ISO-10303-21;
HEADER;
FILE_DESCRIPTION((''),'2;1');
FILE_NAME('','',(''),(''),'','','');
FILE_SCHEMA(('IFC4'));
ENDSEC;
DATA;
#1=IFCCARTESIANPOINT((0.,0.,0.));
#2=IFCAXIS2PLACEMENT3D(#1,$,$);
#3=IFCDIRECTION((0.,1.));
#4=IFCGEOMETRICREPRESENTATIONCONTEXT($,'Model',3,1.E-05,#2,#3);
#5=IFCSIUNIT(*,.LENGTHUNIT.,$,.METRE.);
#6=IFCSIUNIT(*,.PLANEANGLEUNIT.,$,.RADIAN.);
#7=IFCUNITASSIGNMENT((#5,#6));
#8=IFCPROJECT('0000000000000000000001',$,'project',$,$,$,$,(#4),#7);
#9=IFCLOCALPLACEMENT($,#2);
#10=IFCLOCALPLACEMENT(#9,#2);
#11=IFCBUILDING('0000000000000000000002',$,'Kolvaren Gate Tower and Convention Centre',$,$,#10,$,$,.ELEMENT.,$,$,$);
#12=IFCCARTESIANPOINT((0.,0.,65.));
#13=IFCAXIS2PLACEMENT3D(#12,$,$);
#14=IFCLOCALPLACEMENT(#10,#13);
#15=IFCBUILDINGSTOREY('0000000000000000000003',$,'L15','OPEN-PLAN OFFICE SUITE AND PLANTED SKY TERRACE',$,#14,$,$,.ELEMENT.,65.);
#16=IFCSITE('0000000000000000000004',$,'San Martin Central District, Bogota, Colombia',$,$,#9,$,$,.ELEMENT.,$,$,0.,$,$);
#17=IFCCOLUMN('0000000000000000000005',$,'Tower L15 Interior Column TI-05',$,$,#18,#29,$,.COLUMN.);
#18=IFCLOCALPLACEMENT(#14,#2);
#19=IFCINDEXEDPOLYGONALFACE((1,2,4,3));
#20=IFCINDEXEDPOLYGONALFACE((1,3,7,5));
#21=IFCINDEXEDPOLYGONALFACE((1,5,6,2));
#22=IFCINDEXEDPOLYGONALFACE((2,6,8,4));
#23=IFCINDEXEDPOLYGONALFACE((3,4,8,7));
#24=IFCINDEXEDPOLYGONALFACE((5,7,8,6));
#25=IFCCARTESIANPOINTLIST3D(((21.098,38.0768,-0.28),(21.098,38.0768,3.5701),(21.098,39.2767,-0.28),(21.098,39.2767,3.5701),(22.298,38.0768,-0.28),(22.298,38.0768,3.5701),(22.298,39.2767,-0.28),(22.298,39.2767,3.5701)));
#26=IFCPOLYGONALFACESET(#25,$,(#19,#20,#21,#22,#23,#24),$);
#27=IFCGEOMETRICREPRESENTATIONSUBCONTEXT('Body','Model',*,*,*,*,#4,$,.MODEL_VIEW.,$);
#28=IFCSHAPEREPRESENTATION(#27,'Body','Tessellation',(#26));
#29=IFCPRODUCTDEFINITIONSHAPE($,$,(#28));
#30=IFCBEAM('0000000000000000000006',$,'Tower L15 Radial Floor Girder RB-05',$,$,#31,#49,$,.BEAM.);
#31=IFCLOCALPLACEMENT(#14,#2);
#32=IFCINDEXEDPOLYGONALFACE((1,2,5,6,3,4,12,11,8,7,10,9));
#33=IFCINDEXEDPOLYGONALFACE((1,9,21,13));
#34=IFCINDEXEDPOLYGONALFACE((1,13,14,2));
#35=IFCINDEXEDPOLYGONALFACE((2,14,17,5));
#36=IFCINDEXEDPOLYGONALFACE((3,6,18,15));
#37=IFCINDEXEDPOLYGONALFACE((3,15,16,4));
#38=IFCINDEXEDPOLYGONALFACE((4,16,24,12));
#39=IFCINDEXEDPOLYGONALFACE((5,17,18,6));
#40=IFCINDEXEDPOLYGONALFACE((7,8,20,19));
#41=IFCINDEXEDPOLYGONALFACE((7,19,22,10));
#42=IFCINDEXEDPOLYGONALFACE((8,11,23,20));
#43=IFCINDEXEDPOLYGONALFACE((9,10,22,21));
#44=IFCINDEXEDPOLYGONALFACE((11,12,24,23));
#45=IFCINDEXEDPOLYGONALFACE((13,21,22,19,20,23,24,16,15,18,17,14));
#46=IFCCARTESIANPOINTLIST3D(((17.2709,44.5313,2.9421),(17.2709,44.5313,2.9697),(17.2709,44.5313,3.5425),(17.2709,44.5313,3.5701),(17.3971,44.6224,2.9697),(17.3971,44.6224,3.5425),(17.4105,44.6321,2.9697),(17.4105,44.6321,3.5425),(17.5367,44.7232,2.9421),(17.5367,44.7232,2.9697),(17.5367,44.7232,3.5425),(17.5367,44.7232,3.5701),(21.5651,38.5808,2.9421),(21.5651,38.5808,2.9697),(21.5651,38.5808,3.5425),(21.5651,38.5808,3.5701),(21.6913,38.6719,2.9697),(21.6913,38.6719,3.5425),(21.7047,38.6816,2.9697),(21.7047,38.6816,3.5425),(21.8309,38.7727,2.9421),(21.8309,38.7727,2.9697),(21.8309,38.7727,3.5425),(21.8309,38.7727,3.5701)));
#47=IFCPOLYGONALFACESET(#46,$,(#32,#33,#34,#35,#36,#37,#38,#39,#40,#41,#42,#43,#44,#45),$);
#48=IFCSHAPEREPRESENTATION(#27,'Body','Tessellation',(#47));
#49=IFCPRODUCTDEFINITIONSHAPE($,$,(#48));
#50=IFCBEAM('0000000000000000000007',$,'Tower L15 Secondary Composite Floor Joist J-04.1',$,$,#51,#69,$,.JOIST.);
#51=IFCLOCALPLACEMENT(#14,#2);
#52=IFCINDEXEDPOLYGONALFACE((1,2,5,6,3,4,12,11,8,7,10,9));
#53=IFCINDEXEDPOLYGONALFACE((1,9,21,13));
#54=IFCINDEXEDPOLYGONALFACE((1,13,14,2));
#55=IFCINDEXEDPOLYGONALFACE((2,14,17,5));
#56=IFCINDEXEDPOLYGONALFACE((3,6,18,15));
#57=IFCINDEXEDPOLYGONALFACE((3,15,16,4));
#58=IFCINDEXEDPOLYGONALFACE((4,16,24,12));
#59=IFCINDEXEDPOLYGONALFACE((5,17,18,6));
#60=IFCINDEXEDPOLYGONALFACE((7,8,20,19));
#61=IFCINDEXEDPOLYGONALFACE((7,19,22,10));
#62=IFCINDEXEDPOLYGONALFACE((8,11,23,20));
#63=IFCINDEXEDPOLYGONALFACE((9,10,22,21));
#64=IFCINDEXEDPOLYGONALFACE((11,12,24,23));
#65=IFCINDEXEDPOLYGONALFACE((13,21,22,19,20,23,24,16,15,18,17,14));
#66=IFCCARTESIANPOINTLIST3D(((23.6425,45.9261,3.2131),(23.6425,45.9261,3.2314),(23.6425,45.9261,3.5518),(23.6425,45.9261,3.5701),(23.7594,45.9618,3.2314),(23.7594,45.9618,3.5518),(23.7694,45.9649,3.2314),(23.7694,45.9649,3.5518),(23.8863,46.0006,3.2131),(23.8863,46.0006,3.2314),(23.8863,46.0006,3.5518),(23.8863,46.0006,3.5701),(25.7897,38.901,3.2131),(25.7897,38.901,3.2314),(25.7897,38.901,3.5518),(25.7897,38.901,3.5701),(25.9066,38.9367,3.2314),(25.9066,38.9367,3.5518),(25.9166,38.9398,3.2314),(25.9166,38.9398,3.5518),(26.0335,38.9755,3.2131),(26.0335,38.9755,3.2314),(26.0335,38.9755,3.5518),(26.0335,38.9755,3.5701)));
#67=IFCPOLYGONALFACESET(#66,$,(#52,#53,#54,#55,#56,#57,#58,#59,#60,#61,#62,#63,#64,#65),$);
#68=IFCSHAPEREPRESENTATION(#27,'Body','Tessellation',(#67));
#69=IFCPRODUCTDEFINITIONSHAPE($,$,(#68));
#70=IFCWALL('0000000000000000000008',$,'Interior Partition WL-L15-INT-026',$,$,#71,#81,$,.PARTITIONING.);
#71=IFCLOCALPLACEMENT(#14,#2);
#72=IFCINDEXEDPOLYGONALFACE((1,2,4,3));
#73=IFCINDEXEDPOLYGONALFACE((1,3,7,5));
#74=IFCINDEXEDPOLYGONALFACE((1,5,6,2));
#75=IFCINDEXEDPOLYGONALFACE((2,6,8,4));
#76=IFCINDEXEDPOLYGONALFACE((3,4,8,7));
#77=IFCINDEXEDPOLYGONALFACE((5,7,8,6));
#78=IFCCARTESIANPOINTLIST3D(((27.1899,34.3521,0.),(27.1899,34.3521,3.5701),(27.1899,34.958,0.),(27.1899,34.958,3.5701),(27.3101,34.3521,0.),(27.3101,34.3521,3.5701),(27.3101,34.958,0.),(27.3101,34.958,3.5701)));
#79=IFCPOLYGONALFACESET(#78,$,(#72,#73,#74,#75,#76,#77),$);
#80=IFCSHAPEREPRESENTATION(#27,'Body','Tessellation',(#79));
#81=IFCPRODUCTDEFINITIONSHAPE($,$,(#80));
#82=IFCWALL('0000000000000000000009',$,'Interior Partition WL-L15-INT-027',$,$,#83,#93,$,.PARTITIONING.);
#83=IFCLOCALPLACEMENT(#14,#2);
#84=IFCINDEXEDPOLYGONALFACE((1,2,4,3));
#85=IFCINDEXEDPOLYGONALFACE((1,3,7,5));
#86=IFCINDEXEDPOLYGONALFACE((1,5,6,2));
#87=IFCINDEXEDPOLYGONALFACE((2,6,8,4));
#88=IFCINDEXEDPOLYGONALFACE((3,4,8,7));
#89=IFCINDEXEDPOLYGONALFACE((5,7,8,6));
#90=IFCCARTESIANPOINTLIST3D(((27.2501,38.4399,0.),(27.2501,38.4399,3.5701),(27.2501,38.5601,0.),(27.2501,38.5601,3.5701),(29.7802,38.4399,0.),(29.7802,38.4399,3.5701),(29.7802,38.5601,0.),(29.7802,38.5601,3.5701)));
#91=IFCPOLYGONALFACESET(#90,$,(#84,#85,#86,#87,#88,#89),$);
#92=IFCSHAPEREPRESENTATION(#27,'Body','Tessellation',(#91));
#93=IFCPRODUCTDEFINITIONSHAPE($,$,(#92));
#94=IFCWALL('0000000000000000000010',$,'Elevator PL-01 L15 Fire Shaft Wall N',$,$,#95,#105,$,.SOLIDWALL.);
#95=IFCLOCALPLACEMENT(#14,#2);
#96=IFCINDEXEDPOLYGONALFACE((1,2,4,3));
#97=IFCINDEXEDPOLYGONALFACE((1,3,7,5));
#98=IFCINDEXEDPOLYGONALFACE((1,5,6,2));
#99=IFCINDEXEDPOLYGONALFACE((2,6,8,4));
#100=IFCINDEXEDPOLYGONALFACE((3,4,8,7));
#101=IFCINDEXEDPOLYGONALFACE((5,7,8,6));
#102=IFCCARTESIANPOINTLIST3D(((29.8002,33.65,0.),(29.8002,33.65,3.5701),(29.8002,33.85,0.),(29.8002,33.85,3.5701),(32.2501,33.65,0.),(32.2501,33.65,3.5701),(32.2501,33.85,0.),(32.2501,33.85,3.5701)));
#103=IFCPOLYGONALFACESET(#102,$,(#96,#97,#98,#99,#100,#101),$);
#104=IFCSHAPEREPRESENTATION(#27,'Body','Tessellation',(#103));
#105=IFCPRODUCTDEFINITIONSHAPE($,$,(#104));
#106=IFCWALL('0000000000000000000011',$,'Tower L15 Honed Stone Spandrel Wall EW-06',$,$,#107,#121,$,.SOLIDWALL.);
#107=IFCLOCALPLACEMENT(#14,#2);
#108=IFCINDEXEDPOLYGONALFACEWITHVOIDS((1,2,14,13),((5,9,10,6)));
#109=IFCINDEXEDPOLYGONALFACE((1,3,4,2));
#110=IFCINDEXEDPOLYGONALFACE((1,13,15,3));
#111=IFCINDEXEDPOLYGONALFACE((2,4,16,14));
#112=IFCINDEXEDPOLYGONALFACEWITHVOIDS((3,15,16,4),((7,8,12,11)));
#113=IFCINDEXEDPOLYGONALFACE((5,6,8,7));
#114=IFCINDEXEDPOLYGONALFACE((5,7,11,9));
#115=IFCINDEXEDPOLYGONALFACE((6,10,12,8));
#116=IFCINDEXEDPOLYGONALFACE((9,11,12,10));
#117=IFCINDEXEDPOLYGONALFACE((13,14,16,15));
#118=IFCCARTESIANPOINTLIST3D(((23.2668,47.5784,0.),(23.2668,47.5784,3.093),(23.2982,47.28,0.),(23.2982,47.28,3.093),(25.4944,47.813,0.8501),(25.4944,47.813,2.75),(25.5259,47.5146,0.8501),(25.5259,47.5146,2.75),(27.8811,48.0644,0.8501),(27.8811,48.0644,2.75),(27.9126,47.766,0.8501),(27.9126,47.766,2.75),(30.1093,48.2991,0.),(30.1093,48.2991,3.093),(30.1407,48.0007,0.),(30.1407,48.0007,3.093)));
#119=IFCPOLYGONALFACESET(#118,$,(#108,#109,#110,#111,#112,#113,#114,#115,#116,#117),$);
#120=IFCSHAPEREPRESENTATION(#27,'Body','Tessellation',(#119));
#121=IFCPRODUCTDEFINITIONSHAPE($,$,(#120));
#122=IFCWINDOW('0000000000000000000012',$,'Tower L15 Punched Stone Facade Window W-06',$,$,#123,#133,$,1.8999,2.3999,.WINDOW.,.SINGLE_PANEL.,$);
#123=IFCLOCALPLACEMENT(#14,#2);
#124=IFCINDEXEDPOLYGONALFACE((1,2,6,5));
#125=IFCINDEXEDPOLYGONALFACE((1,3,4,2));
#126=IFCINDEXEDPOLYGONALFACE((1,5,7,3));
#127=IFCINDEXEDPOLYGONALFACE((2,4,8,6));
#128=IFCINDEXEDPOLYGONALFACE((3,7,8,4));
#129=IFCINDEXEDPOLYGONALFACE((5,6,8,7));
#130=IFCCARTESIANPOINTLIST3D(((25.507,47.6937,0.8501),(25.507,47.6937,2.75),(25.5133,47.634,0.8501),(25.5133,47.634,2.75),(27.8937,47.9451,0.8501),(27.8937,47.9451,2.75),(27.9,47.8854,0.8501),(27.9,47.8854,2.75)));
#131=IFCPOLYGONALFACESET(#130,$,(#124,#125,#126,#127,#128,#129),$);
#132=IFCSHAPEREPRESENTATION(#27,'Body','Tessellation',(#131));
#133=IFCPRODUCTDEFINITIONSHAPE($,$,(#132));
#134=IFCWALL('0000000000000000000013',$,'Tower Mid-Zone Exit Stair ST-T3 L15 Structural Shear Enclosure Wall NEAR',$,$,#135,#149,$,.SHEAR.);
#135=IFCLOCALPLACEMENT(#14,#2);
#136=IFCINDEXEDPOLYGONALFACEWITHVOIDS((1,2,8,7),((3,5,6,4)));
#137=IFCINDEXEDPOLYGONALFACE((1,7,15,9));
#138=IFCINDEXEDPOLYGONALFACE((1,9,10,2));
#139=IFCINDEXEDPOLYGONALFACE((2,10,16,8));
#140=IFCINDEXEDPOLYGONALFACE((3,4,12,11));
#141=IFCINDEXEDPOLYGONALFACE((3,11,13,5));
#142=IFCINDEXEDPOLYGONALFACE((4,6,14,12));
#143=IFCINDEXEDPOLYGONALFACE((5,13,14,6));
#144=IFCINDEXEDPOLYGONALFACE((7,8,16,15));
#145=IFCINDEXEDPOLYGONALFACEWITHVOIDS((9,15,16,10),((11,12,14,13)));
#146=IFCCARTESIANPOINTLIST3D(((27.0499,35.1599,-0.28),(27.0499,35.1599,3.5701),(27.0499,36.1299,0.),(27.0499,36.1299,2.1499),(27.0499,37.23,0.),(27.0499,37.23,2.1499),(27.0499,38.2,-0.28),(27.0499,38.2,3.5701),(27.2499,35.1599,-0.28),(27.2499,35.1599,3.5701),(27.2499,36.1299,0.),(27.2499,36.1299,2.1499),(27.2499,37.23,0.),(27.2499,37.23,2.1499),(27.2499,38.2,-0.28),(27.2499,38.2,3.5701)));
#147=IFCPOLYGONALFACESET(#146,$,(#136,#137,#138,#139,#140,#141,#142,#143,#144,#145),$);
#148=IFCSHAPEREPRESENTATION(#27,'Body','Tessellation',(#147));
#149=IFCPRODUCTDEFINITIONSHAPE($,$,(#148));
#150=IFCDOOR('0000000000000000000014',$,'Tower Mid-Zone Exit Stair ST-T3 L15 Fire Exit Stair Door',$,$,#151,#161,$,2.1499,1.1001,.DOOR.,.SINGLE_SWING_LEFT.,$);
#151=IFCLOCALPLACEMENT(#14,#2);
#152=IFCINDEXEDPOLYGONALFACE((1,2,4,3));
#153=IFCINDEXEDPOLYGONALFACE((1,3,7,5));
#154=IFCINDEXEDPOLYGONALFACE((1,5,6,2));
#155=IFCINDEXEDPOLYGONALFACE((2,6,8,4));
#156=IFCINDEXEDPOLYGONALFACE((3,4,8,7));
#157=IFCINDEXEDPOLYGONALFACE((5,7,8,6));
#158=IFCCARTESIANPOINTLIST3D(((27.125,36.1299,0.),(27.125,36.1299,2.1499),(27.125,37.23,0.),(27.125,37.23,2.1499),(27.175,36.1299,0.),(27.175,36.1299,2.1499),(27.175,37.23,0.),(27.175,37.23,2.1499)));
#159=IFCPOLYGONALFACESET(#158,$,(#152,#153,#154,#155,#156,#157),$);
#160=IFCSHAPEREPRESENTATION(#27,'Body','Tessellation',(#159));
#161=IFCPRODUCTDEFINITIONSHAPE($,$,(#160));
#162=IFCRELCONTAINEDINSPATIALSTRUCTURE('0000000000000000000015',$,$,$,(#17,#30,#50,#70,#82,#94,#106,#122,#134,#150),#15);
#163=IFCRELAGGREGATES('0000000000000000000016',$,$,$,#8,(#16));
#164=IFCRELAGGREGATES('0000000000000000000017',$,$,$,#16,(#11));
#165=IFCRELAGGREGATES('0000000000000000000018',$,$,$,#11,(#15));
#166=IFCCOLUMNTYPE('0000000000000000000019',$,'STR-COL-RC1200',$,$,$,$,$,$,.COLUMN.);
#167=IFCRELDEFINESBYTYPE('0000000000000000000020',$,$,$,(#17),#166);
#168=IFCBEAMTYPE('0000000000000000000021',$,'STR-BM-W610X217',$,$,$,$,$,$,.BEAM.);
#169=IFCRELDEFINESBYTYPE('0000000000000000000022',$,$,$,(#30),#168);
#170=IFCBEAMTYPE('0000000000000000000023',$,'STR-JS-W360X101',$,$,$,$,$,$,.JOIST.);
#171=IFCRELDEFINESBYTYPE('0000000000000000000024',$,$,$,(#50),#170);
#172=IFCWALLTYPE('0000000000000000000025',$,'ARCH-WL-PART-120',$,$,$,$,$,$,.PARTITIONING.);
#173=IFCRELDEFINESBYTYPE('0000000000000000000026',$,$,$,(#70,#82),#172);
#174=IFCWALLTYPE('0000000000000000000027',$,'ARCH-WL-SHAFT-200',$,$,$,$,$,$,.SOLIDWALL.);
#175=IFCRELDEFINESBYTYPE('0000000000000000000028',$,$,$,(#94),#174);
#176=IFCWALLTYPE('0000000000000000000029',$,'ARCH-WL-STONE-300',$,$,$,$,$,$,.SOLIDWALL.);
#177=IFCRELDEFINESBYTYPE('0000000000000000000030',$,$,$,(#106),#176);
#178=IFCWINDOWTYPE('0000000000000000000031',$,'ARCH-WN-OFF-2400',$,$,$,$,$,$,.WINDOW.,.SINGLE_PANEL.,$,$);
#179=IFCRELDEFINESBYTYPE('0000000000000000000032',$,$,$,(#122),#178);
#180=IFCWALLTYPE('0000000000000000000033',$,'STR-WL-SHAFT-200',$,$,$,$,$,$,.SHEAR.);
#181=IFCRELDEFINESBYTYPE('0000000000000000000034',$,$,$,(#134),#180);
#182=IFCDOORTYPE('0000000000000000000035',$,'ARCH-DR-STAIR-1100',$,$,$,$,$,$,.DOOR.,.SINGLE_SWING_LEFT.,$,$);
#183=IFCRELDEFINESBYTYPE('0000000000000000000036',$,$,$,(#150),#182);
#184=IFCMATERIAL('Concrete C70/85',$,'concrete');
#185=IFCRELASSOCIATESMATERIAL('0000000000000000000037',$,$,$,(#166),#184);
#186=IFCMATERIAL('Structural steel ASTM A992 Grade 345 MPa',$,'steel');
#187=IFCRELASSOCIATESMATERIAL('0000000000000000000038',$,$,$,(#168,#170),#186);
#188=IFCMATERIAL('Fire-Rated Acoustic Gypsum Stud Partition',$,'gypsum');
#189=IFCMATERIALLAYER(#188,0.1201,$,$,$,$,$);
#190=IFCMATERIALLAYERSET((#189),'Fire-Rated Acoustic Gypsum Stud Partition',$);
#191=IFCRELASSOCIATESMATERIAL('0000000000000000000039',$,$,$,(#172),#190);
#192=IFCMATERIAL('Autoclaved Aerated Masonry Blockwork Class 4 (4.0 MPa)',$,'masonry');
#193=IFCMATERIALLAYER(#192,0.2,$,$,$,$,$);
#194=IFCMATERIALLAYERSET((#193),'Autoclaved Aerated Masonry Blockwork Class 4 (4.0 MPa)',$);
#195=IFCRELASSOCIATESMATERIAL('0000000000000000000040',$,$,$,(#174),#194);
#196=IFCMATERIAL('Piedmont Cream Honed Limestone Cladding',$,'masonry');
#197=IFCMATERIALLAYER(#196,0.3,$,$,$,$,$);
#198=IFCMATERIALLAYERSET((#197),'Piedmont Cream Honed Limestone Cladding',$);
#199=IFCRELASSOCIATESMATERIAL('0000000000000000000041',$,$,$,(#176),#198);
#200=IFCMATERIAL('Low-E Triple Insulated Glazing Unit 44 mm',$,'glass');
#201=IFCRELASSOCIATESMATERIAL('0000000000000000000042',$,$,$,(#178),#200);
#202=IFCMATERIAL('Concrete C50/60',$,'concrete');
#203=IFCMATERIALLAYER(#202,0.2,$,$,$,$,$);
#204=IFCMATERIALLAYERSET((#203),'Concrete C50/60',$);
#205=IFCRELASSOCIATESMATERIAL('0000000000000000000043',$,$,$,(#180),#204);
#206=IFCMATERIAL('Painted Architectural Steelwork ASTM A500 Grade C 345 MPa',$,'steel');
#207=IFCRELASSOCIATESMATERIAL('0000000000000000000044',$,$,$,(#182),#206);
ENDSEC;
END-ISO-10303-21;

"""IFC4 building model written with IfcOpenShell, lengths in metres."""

from ifc_helpers import new_model, si_unit, direction, frame, frame_2d, origin, origin_2d, place, context, subcontext, project, spatial, rectangle, i_section, extrude, material, layer, layer_set, material_profile, profile_set, type_object, element, fill, save


model = new_model("IFC4")

# Units and contexts
model_context = context("Model", 3, precision=1e-05, world=origin(), true_north=direction((0.0, 1.0)))
body_context = subcontext(model_context, "Body", "Model", "MODEL_VIEW")
ifc_project = project(units=[si_unit("LENGTHUNIT", "METRE"), si_unit("PLANEANGLEUNIT", "RADIAN")], contexts=[model_context])

# Site, building, storey
site_placement = place(None, origin())
site = spatial("IfcSite", under=ifc_project, at=site_placement, Name="San Martin Central District, Bogota, Colombia", CompositionType="ELEMENT", RefElevation=0.0)
building_placement = place(site_placement, origin())
building = spatial("IfcBuilding", under=site, at=building_placement, Name="Kolvaren Gate Tower and Convention Centre", CompositionType="ELEMENT")
storey_placement = place(building_placement, frame((0.0, 0.0, 65.0)))
storey = spatial("IfcBuildingStorey", under=building, at=storey_placement, Name="L15", Description="OPEN-PLAN OFFICE SUITE AND PLANTED SKY TERRACE", CompositionType="ELEMENT", Elevation=65.0)

# Column
ifc_material_1 = material(Name="Concrete C70/85", Category="concrete")
ifc_material_profile_1 = material_profile(ifc_material_1, rectangle(XDim=1.2, YDim=1.2, at=origin_2d()), Name="RC-COL-1200X1200")
ifc_profile_set_1 = profile_set([ifc_material_profile_1], Name="Concrete C70/85")
column_type = type_object("IfcColumnType", Name="STR-COL-RC1200", PredefinedType="COLUMN", material=ifc_profile_set_1)
column_placement = place(storey_placement, frame((21.698, 38.6768, -0.28), z_axis=(0.0, 0.0, 1.0), x_axis=(1.0, 0.0, 0.0)))
element("IfcColumn", 1, at=column_placement, inside=storey, type_object=column_type, Name="Tower L15 Interior Column TI-05", PredefinedType="COLUMN", context=body_context, shape_type="SweptSolid", body=[
    extrude(rectangle(XDim=1.2, YDim=1.2, at=origin_2d()), origin(), (0.0, 0.0, 1.0), 3.8501),
])

# Beams
ifc_material_2 = material(Name="Structural steel ASTM A992 Grade 345 MPa", Category="steel")
ifc_material_profile_2 = material_profile(ifc_material_2, i_section(OverallWidth=0.3279, OverallDepth=0.6279, WebThickness=0.0166, FlangeThickness=0.0276, at=origin_2d()), Name="W610X217")
ifc_profile_set_2 = profile_set([ifc_material_profile_2], Name="Structural steel ASTM A992 Grade 345 MPa")
beam_type_1 = type_object("IfcBeamType", Name="STR-BM-W610X217", PredefinedType="BEAM", material=ifc_profile_set_2)
beam_1_placement = place(storey_placement, frame((21.698, 38.6768, 3.2561), z_axis=(-0.58519, 0.810896, 0.0), x_axis=(-0.810896, -0.58519, 0.0)))
element("IfcBeam", 2, at=beam_1_placement, inside=storey, type_object=beam_type_1, Name="Tower L15 Radial Floor Girder RB-05", PredefinedType="BEAM", context=body_context, shape_type="SweptSolid", body=[
    extrude(i_section(OverallWidth=0.3279, OverallDepth=0.6279, WebThickness=0.0166, FlangeThickness=0.0276, at=origin_2d()), origin(), (0.0, 0.0, 1.0), 7.3381),
])
ifc_material_profile_3 = material_profile(ifc_material_2, i_section(OverallWidth=0.2549, OverallDepth=0.3569, WebThickness=0.0105, FlangeThickness=0.0183, at=origin_2d()), Name="W360X101")
ifc_profile_set_3 = profile_set([ifc_material_profile_3], Name="Structural steel ASTM A992 Grade 345 MPa")
beam_type_2 = type_object("IfcBeamType", Name="STR-JS-W360X101", PredefinedType="JOIST", material=ifc_profile_set_3)
beam_2_placement = place(storey_placement, frame((25.9116, 38.9382, 3.3916), z_axis=(-0.292299, 0.956327, 0.0), x_axis=(-0.956327, -0.292299, 0.0)))
element("IfcBeam", 3, at=beam_2_placement, inside=storey, type_object=beam_type_2, Name="Tower L15 Secondary Composite Floor Joist J-04.1", PredefinedType="JOIST", context=body_context, shape_type="SweptSolid", body=[
    extrude(i_section(OverallWidth=0.2549, OverallDepth=0.3569, WebThickness=0.0105, FlangeThickness=0.0183, at=origin_2d()), origin(), (0.0, 0.0, 1.0), 7.3459),
])

# Walls
ifc_material_3 = material(Name="Fire-Rated Acoustic Gypsum Stud Partition", Category="gypsum")
ifc_layer_1 = layer(ifc_material_3, 0.1201)
ifc_layer_set_1 = layer_set([ifc_layer_1], Name="Fire-Rated Acoustic Gypsum Stud Partition")
wall_type_1 = type_object("IfcWallType", Name="ARCH-WL-PART-120", PredefinedType="PARTITIONING", material=ifc_layer_set_1)
wall_1_placement = place(storey_placement, frame((27.25, 34.3521, 0.0), z_axis=(0.0, 0.0, 1.0), x_axis=(0.0, 1.0, 0.0)))
element("IfcWall", 4, at=wall_1_placement, inside=storey, type_object=wall_type_1, Name="Interior Partition WL-L15-INT-026", PredefinedType="PARTITIONING", context=body_context, shape_type="SweptSolid", body=[
    extrude(rectangle(XDim=0.606, YDim=0.1201, at=frame_2d((0.303, 0.0))), origin(), (0.0, 0.0, 1.0), 3.5701),
])
wall_2_placement = place(storey_placement, frame((27.25, 38.5, 0.0), z_axis=(0.0, 0.0, 1.0), x_axis=(1.0, 0.0, 0.0)))
element("IfcWall", 5, at=wall_2_placement, inside=storey, type_object=wall_type_1, Name="Interior Partition WL-L15-INT-027", PredefinedType="PARTITIONING", context=body_context, shape_type="SweptSolid", body=[
    extrude(rectangle(XDim=2.53, YDim=0.1201, at=frame_2d((1.2651, 0.0))), origin(), (0.0, 0.0, 1.0), 3.5701),
])
ifc_material_4 = material(Name="Autoclaved Aerated Masonry Blockwork Class 4 (4.0 MPa)", Category="masonry")
ifc_layer_2 = layer(ifc_material_4, 0.2)
ifc_layer_set_2 = layer_set([ifc_layer_2], Name="Autoclaved Aerated Masonry Blockwork Class 4 (4.0 MPa)")
wall_type_2 = type_object("IfcWallType", Name="ARCH-WL-SHAFT-200", PredefinedType="SOLIDWALL", material=ifc_layer_set_2)
wall_3_placement = place(storey_placement, frame((29.8, 33.75, 0.0), z_axis=(0.0, 0.0, 1.0), x_axis=(1.0, 0.0, 0.0)))
element("IfcWall", 6, at=wall_3_placement, inside=storey, type_object=wall_type_2, Name="Elevator PL-01 L15 Fire Shaft Wall N", PredefinedType="SOLIDWALL", context=body_context, shape_type="SweptSolid", body=[
    extrude(rectangle(XDim=2.45, YDim=0.2, at=frame_2d((1.2251, 0.0))), origin(), (0.0, 0.0, 1.0), 3.5701),
])

# Wall, opening, window
ifc_material_5 = material(Name="Piedmont Cream Honed Limestone Cladding", Category="masonry")
ifc_layer_3 = layer(ifc_material_5, 0.3)
ifc_layer_set_3 = layer_set([ifc_layer_3], Name="Piedmont Cream Honed Limestone Cladding")
wall_type_3 = type_object("IfcWallType", Name="ARCH-WL-STONE-300", PredefinedType="SOLIDWALL", material=ifc_layer_set_3)
wall_4_placement = place(storey_placement, frame((23.2825, 47.4292, 0.0), z_axis=(0.0, 0.0, 1.0), x_axis=(0.994499, 0.104748, 0.0)))
wall_4 = element("IfcWall", 7, at=wall_4_placement, inside=storey, type_object=wall_type_3, Name="Tower L15 Honed Stone Spandrel Wall EW-06", PredefinedType="SOLIDWALL", context=body_context, shape_type="SweptSolid", body=[
    extrude(rectangle(XDim=6.8804, YDim=0.3, at=frame_2d((3.4402, 0.0))), origin(), (0.0, 0.0, 1.0), 3.093),
])
opening_1_placement = place(wall_4_placement, frame((2.24, 0.0, 0.8501)))
opening_1 = element("IfcOpeningElement", 8, at=opening_1_placement, cuts=wall_4, PredefinedType="OPENING", context=body_context, shape_type="SweptSolid", body=[
    extrude(rectangle(XDim=2.3999, YDim=1.8999, at=frame_2d((1.2, 0.95))), frame((0.0, 0.1599, 0.0), z_axis=(0.0, -1.0, 0.0), x_axis=(1.0, 0.0, 0.0)), (0.0, 0.0, 1.0), 0.3201),
])
ifc_material_6 = material(Name="Low-E Triple Insulated Glazing Unit 44 mm", Category="glass")
window_type = type_object("IfcWindowType", Name="ARCH-WN-OFF-2400", PartitioningType="SINGLE_PANEL", PredefinedType="WINDOW", material=ifc_material_6)
window_placement = place(opening_1_placement, origin())
window = element("IfcWindow", 9, at=window_placement, inside=storey, type_object=window_type, Name="Tower L15 Punched Stone Facade Window W-06", OverallHeight=1.8999, OverallWidth=2.3999, PartitioningType="SINGLE_PANEL", PredefinedType="WINDOW", context=body_context, shape_type="SweptSolid", body=[
    extrude(rectangle(XDim=2.3999, YDim=1.8999, at=frame_2d((1.2, 0.95))), frame((0.0, 0.03, 0.0), z_axis=(0.0, -1.0, 0.0), x_axis=(1.0, 0.0, 0.0)), (0.0, 0.0, 1.0), 0.0601),
])
fill(opening_1, window)

# Wall, opening, door
ifc_material_7 = material(Name="Concrete C50/60", Category="concrete")
ifc_layer_4 = layer(ifc_material_7, 0.2)
ifc_layer_set_4 = layer_set([ifc_layer_4], Name="Concrete C50/60")
wall_type_4 = type_object("IfcWallType", Name="STR-WL-SHAFT-200", PredefinedType="SHEAR", material=ifc_layer_set_4)
wall_5_placement = place(storey_placement, frame((27.1499, 35.1599, -0.28), z_axis=(0.0, 0.0, 1.0), x_axis=(0.0, 1.0, 0.0)))
wall_5 = element("IfcWall", 10, at=wall_5_placement, inside=storey, type_object=wall_type_4, Name="Tower Mid-Zone Exit Stair ST-T3 L15 Structural Shear Enclosure Wall NEAR", PredefinedType="SHEAR", context=body_context, shape_type="SweptSolid", body=[
    extrude(rectangle(XDim=3.04, YDim=0.2, at=frame_2d((1.52, 0.0))), origin(), (0.0, 0.0, 1.0), 3.8501),
])
opening_2_placement = place(wall_5_placement, frame((0.97, 0.0, 0.28)))
opening_2 = element("IfcOpeningElement", 11, at=opening_2_placement, cuts=wall_5, PredefinedType="OPENING", context=body_context, shape_type="SweptSolid", body=[
    extrude(rectangle(XDim=1.1001, YDim=2.1499, at=frame_2d((0.55, 1.075))), frame((0.0, 0.1099, 0.0), z_axis=(0.0, -1.0, 0.0), x_axis=(1.0, 0.0, 0.0)), (0.0, 0.0, 1.0), 0.22),
])
ifc_material_8 = material(Name="Painted Architectural Steelwork ASTM A500 Grade C 345 MPa", Category="steel")
door_type = type_object("IfcDoorType", Name="ARCH-DR-STAIR-1100", OperationType="SINGLE_SWING_LEFT", PredefinedType="DOOR", material=ifc_material_8)
door_placement = place(opening_2_placement, origin())
door = element("IfcDoor", 12, at=door_placement, inside=storey, type_object=door_type, Name="Tower Mid-Zone Exit Stair ST-T3 L15 Fire Exit Stair Door", OperationType="SINGLE_SWING_LEFT", OverallHeight=2.1499, OverallWidth=1.1001, PredefinedType="DOOR", context=body_context, shape_type="SweptSolid", body=[
    extrude(rectangle(XDim=1.1001, YDim=2.1499, at=frame_2d((0.55, 1.075))), frame((0.0, 0.0249, 0.0), z_axis=(0.0, -1.0, 0.0), x_axis=(1.0, 0.0, 0.0)), (0.0, 0.0, 1.0), 0.05),
])
fill(opening_2, door)

save(model, "model.ifc")
